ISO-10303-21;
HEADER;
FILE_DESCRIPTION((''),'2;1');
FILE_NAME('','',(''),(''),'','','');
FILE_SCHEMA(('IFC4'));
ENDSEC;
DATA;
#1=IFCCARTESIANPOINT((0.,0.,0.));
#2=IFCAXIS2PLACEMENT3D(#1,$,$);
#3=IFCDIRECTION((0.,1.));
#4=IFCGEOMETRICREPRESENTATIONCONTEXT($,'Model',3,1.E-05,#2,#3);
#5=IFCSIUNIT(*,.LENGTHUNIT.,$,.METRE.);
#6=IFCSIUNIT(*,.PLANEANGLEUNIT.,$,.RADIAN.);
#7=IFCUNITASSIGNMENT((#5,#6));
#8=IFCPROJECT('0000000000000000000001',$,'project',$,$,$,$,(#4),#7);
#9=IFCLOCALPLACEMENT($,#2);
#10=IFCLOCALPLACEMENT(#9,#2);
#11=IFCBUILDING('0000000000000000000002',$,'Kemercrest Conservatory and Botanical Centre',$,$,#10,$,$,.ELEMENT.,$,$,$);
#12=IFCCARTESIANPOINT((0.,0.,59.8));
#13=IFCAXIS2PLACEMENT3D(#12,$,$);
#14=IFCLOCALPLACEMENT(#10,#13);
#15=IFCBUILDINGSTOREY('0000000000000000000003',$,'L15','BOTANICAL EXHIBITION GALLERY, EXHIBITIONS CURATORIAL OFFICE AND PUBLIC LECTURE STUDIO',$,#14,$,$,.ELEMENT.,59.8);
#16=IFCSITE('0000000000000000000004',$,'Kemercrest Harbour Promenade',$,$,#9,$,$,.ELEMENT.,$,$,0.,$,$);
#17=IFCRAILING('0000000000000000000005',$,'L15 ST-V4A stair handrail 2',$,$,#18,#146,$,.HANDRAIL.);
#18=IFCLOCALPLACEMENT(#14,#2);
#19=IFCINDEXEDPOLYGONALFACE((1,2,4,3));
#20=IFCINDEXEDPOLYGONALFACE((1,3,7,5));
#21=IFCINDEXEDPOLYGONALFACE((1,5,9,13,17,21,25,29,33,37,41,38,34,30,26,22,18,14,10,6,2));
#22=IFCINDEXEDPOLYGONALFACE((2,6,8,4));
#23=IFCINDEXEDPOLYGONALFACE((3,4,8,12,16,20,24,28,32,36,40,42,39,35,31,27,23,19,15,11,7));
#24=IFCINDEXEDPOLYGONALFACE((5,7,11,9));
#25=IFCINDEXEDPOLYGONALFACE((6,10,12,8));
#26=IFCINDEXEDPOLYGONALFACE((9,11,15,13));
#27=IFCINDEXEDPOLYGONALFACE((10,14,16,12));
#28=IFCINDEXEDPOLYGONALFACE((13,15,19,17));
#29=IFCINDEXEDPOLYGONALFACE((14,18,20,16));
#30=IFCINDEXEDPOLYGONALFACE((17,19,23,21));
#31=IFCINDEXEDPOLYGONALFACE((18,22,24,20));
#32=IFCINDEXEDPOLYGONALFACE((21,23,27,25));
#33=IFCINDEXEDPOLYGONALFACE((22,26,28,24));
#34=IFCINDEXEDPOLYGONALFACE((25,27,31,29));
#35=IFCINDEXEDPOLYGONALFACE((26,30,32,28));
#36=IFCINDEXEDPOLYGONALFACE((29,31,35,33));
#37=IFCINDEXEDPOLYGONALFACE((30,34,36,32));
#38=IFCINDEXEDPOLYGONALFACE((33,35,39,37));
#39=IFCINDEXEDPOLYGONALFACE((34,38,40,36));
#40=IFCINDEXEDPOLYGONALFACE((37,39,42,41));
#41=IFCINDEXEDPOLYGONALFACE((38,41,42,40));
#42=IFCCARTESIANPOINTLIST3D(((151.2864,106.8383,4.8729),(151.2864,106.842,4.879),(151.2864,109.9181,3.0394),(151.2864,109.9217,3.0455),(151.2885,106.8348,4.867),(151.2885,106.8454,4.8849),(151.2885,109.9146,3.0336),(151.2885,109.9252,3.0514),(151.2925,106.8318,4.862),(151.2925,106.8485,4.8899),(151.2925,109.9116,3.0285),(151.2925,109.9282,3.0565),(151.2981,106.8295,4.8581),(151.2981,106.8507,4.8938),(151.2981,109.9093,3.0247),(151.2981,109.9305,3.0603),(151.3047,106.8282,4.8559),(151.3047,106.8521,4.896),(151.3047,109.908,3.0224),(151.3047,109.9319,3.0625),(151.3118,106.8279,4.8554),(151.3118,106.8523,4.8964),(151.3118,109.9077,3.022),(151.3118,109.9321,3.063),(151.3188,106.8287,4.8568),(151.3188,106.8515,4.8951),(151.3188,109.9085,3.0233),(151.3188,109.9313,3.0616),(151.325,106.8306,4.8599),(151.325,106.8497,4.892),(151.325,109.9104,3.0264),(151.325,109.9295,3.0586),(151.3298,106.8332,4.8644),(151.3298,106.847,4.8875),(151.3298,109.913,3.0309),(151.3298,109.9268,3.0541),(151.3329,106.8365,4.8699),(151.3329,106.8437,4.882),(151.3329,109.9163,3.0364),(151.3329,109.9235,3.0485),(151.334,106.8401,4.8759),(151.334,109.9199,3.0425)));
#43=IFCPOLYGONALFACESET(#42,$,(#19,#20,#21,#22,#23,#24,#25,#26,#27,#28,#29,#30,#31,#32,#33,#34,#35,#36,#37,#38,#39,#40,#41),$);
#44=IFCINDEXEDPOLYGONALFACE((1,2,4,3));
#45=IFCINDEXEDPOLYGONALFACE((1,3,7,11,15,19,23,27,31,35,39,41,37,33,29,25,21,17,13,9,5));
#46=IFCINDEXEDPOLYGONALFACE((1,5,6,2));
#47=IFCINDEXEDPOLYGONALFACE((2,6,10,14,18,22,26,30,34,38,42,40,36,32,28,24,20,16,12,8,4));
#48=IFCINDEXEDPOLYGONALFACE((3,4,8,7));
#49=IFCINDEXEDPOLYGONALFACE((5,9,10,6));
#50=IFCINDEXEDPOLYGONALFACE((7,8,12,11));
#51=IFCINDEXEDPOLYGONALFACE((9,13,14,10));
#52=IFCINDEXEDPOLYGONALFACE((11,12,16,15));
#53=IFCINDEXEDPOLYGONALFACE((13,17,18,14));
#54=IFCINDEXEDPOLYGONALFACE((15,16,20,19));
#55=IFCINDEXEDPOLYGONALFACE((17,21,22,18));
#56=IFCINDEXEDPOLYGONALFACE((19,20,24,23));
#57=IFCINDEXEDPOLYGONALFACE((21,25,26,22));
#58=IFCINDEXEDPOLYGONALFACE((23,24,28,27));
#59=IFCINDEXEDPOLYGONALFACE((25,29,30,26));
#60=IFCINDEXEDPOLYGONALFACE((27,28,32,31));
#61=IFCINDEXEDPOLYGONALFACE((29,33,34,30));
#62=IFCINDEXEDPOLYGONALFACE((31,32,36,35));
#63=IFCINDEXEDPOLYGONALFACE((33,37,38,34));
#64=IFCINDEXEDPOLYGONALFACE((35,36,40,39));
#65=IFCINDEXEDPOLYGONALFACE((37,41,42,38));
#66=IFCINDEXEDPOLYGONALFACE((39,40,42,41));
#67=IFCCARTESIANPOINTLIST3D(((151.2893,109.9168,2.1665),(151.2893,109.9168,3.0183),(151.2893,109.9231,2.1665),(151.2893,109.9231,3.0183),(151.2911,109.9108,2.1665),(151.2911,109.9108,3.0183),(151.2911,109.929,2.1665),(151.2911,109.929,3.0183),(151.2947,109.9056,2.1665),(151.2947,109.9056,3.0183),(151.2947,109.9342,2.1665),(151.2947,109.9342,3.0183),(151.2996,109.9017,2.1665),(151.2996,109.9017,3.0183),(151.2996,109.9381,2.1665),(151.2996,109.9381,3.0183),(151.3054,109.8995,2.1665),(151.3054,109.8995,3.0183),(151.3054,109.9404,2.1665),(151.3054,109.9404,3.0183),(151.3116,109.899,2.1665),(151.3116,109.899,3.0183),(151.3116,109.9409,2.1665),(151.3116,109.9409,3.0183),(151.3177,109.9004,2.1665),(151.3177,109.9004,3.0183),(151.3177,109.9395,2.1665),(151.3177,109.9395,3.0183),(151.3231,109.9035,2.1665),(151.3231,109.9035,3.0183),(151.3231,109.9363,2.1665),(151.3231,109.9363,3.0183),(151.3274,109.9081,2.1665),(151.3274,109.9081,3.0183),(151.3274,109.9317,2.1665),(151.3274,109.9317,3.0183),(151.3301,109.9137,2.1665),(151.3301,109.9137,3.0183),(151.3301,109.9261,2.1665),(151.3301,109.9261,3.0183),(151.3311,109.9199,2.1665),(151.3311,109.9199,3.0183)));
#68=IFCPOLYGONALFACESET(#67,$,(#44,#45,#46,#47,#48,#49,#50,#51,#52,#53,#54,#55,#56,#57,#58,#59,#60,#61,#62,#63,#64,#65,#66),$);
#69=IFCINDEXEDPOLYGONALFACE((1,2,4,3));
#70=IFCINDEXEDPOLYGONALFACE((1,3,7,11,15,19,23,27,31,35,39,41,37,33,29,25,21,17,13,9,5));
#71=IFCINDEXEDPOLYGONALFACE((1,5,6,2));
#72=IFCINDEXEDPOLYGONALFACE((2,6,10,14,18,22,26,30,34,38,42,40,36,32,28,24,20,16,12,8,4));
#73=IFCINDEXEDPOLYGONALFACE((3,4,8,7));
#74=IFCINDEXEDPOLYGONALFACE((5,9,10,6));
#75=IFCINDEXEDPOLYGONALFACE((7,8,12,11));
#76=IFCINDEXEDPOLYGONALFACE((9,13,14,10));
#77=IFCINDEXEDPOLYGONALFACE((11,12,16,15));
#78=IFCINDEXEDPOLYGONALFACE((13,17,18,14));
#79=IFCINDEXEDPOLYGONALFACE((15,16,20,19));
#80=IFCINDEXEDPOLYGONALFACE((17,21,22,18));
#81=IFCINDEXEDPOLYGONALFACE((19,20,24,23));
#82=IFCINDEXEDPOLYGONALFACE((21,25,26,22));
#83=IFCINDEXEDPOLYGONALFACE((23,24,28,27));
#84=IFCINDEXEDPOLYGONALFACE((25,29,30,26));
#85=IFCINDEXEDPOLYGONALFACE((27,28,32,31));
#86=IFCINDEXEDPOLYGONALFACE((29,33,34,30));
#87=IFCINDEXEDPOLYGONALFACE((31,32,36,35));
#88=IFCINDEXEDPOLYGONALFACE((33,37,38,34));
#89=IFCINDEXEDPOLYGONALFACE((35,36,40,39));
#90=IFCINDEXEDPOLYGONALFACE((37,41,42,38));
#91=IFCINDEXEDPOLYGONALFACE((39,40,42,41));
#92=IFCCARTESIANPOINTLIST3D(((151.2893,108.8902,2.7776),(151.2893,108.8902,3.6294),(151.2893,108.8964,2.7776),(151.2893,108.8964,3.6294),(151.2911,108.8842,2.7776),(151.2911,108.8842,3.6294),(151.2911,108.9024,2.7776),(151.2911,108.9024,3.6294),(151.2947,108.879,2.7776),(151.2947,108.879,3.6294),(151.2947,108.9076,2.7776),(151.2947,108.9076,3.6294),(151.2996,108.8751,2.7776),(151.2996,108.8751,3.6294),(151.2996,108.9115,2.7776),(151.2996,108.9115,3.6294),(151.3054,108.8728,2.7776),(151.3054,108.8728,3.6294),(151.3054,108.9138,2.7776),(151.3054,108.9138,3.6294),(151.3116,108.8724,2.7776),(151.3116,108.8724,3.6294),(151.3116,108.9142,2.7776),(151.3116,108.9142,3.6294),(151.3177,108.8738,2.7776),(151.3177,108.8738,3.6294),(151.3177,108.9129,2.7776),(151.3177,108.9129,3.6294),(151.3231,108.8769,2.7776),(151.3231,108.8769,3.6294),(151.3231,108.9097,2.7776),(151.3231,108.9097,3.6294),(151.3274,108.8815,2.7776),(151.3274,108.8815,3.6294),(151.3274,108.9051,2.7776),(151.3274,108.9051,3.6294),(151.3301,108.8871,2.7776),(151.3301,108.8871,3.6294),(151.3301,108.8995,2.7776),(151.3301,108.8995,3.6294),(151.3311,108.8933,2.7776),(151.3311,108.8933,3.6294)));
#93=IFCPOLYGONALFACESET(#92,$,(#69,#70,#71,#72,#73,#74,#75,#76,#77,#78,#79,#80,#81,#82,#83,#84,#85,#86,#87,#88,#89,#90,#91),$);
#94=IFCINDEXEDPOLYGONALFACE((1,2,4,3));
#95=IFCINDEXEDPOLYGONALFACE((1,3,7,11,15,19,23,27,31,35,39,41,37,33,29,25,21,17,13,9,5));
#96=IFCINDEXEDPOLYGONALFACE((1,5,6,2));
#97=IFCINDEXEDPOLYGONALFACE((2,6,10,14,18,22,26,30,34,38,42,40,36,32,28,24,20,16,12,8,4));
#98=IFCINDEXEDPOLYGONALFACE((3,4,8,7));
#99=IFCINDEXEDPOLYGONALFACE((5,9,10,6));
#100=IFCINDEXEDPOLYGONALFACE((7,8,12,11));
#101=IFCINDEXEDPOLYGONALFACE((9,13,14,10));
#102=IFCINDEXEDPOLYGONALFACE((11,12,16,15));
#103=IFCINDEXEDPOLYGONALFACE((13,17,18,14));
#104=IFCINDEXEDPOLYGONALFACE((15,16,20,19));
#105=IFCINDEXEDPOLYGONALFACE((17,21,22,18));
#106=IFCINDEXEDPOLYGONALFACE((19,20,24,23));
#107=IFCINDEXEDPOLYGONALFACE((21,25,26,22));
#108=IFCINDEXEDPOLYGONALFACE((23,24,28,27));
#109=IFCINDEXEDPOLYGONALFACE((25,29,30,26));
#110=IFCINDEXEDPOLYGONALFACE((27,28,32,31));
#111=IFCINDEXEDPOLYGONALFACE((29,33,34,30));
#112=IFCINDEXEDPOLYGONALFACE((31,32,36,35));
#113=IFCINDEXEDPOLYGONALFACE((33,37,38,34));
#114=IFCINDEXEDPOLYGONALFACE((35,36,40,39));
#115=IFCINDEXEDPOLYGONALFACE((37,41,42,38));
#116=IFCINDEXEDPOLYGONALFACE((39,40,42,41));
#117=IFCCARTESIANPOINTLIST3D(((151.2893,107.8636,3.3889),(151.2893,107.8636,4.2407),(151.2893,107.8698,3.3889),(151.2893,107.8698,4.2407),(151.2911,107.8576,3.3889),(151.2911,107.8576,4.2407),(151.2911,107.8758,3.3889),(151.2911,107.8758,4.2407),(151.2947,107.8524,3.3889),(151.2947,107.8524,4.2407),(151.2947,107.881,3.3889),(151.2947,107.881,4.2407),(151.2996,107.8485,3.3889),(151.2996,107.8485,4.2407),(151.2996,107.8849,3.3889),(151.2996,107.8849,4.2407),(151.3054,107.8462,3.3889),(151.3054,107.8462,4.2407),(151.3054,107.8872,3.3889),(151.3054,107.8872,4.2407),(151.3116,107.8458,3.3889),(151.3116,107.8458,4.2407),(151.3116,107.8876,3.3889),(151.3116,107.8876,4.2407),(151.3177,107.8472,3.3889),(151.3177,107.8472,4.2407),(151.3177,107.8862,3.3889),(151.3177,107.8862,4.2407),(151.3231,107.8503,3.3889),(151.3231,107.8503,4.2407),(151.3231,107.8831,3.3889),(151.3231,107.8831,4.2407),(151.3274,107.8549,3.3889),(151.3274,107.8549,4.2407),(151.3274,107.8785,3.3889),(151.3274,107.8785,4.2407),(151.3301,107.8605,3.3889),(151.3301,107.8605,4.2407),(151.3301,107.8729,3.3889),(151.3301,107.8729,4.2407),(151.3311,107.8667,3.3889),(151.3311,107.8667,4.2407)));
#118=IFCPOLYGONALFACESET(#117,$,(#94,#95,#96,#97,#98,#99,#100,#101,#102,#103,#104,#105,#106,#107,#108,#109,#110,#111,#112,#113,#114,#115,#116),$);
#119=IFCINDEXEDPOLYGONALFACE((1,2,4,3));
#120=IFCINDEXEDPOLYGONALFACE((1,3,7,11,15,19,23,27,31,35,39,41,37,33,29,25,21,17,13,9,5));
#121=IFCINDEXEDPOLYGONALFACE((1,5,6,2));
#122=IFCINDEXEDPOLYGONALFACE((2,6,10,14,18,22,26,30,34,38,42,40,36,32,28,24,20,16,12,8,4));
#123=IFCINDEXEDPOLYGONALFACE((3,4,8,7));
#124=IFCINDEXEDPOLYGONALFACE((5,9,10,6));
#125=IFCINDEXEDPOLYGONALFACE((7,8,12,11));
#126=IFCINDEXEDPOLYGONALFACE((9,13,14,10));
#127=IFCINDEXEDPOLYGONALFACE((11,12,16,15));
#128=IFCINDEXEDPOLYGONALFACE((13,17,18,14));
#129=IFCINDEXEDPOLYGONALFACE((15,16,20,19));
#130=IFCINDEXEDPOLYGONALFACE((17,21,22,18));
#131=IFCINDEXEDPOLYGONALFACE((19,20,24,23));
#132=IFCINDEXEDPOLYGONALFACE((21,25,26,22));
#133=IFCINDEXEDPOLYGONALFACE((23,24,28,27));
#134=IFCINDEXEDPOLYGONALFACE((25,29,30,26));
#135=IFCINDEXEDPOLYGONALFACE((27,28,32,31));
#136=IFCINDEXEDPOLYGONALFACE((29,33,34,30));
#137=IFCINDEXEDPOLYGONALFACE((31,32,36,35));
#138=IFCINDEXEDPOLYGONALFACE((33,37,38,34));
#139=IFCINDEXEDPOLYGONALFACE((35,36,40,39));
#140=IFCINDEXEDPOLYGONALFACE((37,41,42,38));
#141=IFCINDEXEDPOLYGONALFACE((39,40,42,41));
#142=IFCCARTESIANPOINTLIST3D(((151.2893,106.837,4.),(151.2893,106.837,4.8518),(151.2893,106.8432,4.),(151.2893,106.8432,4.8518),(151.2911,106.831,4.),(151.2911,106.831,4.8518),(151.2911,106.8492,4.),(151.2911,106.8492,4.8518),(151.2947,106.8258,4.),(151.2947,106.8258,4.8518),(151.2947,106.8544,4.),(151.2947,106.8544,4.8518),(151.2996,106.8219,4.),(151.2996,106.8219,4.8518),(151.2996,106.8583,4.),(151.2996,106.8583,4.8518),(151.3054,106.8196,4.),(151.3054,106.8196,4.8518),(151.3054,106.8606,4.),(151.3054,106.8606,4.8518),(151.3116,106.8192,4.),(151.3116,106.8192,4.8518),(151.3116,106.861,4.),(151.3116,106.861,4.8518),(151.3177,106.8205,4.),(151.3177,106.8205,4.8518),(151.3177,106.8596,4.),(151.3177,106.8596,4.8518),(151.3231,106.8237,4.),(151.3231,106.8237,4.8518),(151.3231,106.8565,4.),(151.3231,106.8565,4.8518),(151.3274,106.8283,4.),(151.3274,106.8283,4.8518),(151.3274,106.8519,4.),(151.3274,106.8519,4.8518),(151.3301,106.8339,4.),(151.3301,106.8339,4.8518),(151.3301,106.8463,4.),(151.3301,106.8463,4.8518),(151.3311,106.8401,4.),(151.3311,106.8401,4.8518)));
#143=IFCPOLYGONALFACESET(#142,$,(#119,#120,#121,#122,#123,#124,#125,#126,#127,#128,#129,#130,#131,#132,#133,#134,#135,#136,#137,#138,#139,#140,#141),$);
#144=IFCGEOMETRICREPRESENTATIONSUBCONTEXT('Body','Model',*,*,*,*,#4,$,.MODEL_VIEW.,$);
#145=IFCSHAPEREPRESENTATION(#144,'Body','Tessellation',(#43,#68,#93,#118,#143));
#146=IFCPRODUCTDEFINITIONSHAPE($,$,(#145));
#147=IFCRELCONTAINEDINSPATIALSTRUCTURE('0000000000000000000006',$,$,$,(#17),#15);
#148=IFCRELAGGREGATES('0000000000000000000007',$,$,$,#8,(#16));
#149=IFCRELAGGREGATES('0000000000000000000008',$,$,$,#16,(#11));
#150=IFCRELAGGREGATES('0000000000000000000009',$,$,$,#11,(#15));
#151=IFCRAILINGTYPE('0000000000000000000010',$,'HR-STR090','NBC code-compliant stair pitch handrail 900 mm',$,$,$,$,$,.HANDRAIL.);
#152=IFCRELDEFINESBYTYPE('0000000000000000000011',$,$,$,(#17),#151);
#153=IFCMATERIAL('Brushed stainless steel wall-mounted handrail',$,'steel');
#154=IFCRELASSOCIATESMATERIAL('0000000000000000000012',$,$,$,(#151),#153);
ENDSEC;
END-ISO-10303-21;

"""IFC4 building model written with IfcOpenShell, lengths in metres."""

from ifc_helpers import new_model, si_unit, direction, frame, origin, origin_2d, place, context, subcontext, project, spatial, circle, extrude, material, type_object, element, save


model = new_model("IFC4")

# Units and contexts
model_context = context("Model", 3, precision=1e-05, world=origin(), true_north=direction((0.0, 1.0)))
body_context = subcontext(model_context, "Body", "Model", "MODEL_VIEW")
ifc_project = project(units=[si_unit("LENGTHUNIT", "METRE"), si_unit("PLANEANGLEUNIT", "RADIAN")], contexts=[model_context])

# Site, building, storey
site_placement = place(None, origin())
site = spatial("IfcSite", under=ifc_project, at=site_placement, Name="Kemercrest Harbour Promenade", CompositionType="ELEMENT", RefElevation=0.0)
building_placement = place(site_placement, origin())
building = spatial("IfcBuilding", under=site, at=building_placement, Name="Kemercrest Conservatory and Botanical Centre", CompositionType="ELEMENT")
storey_placement = place(building_placement, frame((0.0, 0.0, 59.8)))
storey = spatial("IfcBuildingStorey", under=building, at=storey_placement, Name="L15", Description="BOTANICAL EXHIBITION GALLERY, EXHIBITIONS CURATORIAL OFFICE AND PUBLIC LECTURE STUDIO", CompositionType="ELEMENT", Elevation=59.8)

# Railing
ifc_material_1 = material(Name="Brushed stainless steel wall-mounted handrail", Category="steel")
railing_type_1 = type_object("IfcRailingType", Name="HR-STR090", Description="NBC code-compliant stair pitch handrail 900 mm", PredefinedType="HANDRAIL", material=ifc_material_1)
railing_1_placement = place(storey_placement, frame((151.3101, 109.9199, 2.1665)))
element("IfcRailing", 1, at=railing_1_placement, inside=storey, type_object=railing_type_1, Name="L15 ST-V4A stair handrail 2", PredefinedType="HANDRAIL", context=body_context, shape_type="SweptSolid", body=[
    extrude(circle(Radius=0.0239, at=origin_2d()), frame((0.0, 0.0, 0.876), z_axis=(0.0, -0.859261, 0.511538), x_axis=(1.0, 0.0, 0.0)), (0.0, 0.0, 1.0), 3.5842),
    extrude(circle(Radius=0.021, at=origin_2d()), origin(), (0.0, 0.0, 1.0), 0.8518),
    extrude(circle(Radius=0.021, at=origin_2d()), frame((0.0, -1.0266, 0.6111)), (0.0, 0.0, 1.0), 0.8518),
    extrude(circle(Radius=0.021, at=origin_2d()), frame((0.0, -2.0532, 1.2224)), (0.0, 0.0, 1.0), 0.8518),
    extrude(circle(Radius=0.021, at=origin_2d()), frame((0.0, -3.0798, 1.8335)), (0.0, 0.0, 1.0), 0.8518),
])

save(model, "model.ifc")
